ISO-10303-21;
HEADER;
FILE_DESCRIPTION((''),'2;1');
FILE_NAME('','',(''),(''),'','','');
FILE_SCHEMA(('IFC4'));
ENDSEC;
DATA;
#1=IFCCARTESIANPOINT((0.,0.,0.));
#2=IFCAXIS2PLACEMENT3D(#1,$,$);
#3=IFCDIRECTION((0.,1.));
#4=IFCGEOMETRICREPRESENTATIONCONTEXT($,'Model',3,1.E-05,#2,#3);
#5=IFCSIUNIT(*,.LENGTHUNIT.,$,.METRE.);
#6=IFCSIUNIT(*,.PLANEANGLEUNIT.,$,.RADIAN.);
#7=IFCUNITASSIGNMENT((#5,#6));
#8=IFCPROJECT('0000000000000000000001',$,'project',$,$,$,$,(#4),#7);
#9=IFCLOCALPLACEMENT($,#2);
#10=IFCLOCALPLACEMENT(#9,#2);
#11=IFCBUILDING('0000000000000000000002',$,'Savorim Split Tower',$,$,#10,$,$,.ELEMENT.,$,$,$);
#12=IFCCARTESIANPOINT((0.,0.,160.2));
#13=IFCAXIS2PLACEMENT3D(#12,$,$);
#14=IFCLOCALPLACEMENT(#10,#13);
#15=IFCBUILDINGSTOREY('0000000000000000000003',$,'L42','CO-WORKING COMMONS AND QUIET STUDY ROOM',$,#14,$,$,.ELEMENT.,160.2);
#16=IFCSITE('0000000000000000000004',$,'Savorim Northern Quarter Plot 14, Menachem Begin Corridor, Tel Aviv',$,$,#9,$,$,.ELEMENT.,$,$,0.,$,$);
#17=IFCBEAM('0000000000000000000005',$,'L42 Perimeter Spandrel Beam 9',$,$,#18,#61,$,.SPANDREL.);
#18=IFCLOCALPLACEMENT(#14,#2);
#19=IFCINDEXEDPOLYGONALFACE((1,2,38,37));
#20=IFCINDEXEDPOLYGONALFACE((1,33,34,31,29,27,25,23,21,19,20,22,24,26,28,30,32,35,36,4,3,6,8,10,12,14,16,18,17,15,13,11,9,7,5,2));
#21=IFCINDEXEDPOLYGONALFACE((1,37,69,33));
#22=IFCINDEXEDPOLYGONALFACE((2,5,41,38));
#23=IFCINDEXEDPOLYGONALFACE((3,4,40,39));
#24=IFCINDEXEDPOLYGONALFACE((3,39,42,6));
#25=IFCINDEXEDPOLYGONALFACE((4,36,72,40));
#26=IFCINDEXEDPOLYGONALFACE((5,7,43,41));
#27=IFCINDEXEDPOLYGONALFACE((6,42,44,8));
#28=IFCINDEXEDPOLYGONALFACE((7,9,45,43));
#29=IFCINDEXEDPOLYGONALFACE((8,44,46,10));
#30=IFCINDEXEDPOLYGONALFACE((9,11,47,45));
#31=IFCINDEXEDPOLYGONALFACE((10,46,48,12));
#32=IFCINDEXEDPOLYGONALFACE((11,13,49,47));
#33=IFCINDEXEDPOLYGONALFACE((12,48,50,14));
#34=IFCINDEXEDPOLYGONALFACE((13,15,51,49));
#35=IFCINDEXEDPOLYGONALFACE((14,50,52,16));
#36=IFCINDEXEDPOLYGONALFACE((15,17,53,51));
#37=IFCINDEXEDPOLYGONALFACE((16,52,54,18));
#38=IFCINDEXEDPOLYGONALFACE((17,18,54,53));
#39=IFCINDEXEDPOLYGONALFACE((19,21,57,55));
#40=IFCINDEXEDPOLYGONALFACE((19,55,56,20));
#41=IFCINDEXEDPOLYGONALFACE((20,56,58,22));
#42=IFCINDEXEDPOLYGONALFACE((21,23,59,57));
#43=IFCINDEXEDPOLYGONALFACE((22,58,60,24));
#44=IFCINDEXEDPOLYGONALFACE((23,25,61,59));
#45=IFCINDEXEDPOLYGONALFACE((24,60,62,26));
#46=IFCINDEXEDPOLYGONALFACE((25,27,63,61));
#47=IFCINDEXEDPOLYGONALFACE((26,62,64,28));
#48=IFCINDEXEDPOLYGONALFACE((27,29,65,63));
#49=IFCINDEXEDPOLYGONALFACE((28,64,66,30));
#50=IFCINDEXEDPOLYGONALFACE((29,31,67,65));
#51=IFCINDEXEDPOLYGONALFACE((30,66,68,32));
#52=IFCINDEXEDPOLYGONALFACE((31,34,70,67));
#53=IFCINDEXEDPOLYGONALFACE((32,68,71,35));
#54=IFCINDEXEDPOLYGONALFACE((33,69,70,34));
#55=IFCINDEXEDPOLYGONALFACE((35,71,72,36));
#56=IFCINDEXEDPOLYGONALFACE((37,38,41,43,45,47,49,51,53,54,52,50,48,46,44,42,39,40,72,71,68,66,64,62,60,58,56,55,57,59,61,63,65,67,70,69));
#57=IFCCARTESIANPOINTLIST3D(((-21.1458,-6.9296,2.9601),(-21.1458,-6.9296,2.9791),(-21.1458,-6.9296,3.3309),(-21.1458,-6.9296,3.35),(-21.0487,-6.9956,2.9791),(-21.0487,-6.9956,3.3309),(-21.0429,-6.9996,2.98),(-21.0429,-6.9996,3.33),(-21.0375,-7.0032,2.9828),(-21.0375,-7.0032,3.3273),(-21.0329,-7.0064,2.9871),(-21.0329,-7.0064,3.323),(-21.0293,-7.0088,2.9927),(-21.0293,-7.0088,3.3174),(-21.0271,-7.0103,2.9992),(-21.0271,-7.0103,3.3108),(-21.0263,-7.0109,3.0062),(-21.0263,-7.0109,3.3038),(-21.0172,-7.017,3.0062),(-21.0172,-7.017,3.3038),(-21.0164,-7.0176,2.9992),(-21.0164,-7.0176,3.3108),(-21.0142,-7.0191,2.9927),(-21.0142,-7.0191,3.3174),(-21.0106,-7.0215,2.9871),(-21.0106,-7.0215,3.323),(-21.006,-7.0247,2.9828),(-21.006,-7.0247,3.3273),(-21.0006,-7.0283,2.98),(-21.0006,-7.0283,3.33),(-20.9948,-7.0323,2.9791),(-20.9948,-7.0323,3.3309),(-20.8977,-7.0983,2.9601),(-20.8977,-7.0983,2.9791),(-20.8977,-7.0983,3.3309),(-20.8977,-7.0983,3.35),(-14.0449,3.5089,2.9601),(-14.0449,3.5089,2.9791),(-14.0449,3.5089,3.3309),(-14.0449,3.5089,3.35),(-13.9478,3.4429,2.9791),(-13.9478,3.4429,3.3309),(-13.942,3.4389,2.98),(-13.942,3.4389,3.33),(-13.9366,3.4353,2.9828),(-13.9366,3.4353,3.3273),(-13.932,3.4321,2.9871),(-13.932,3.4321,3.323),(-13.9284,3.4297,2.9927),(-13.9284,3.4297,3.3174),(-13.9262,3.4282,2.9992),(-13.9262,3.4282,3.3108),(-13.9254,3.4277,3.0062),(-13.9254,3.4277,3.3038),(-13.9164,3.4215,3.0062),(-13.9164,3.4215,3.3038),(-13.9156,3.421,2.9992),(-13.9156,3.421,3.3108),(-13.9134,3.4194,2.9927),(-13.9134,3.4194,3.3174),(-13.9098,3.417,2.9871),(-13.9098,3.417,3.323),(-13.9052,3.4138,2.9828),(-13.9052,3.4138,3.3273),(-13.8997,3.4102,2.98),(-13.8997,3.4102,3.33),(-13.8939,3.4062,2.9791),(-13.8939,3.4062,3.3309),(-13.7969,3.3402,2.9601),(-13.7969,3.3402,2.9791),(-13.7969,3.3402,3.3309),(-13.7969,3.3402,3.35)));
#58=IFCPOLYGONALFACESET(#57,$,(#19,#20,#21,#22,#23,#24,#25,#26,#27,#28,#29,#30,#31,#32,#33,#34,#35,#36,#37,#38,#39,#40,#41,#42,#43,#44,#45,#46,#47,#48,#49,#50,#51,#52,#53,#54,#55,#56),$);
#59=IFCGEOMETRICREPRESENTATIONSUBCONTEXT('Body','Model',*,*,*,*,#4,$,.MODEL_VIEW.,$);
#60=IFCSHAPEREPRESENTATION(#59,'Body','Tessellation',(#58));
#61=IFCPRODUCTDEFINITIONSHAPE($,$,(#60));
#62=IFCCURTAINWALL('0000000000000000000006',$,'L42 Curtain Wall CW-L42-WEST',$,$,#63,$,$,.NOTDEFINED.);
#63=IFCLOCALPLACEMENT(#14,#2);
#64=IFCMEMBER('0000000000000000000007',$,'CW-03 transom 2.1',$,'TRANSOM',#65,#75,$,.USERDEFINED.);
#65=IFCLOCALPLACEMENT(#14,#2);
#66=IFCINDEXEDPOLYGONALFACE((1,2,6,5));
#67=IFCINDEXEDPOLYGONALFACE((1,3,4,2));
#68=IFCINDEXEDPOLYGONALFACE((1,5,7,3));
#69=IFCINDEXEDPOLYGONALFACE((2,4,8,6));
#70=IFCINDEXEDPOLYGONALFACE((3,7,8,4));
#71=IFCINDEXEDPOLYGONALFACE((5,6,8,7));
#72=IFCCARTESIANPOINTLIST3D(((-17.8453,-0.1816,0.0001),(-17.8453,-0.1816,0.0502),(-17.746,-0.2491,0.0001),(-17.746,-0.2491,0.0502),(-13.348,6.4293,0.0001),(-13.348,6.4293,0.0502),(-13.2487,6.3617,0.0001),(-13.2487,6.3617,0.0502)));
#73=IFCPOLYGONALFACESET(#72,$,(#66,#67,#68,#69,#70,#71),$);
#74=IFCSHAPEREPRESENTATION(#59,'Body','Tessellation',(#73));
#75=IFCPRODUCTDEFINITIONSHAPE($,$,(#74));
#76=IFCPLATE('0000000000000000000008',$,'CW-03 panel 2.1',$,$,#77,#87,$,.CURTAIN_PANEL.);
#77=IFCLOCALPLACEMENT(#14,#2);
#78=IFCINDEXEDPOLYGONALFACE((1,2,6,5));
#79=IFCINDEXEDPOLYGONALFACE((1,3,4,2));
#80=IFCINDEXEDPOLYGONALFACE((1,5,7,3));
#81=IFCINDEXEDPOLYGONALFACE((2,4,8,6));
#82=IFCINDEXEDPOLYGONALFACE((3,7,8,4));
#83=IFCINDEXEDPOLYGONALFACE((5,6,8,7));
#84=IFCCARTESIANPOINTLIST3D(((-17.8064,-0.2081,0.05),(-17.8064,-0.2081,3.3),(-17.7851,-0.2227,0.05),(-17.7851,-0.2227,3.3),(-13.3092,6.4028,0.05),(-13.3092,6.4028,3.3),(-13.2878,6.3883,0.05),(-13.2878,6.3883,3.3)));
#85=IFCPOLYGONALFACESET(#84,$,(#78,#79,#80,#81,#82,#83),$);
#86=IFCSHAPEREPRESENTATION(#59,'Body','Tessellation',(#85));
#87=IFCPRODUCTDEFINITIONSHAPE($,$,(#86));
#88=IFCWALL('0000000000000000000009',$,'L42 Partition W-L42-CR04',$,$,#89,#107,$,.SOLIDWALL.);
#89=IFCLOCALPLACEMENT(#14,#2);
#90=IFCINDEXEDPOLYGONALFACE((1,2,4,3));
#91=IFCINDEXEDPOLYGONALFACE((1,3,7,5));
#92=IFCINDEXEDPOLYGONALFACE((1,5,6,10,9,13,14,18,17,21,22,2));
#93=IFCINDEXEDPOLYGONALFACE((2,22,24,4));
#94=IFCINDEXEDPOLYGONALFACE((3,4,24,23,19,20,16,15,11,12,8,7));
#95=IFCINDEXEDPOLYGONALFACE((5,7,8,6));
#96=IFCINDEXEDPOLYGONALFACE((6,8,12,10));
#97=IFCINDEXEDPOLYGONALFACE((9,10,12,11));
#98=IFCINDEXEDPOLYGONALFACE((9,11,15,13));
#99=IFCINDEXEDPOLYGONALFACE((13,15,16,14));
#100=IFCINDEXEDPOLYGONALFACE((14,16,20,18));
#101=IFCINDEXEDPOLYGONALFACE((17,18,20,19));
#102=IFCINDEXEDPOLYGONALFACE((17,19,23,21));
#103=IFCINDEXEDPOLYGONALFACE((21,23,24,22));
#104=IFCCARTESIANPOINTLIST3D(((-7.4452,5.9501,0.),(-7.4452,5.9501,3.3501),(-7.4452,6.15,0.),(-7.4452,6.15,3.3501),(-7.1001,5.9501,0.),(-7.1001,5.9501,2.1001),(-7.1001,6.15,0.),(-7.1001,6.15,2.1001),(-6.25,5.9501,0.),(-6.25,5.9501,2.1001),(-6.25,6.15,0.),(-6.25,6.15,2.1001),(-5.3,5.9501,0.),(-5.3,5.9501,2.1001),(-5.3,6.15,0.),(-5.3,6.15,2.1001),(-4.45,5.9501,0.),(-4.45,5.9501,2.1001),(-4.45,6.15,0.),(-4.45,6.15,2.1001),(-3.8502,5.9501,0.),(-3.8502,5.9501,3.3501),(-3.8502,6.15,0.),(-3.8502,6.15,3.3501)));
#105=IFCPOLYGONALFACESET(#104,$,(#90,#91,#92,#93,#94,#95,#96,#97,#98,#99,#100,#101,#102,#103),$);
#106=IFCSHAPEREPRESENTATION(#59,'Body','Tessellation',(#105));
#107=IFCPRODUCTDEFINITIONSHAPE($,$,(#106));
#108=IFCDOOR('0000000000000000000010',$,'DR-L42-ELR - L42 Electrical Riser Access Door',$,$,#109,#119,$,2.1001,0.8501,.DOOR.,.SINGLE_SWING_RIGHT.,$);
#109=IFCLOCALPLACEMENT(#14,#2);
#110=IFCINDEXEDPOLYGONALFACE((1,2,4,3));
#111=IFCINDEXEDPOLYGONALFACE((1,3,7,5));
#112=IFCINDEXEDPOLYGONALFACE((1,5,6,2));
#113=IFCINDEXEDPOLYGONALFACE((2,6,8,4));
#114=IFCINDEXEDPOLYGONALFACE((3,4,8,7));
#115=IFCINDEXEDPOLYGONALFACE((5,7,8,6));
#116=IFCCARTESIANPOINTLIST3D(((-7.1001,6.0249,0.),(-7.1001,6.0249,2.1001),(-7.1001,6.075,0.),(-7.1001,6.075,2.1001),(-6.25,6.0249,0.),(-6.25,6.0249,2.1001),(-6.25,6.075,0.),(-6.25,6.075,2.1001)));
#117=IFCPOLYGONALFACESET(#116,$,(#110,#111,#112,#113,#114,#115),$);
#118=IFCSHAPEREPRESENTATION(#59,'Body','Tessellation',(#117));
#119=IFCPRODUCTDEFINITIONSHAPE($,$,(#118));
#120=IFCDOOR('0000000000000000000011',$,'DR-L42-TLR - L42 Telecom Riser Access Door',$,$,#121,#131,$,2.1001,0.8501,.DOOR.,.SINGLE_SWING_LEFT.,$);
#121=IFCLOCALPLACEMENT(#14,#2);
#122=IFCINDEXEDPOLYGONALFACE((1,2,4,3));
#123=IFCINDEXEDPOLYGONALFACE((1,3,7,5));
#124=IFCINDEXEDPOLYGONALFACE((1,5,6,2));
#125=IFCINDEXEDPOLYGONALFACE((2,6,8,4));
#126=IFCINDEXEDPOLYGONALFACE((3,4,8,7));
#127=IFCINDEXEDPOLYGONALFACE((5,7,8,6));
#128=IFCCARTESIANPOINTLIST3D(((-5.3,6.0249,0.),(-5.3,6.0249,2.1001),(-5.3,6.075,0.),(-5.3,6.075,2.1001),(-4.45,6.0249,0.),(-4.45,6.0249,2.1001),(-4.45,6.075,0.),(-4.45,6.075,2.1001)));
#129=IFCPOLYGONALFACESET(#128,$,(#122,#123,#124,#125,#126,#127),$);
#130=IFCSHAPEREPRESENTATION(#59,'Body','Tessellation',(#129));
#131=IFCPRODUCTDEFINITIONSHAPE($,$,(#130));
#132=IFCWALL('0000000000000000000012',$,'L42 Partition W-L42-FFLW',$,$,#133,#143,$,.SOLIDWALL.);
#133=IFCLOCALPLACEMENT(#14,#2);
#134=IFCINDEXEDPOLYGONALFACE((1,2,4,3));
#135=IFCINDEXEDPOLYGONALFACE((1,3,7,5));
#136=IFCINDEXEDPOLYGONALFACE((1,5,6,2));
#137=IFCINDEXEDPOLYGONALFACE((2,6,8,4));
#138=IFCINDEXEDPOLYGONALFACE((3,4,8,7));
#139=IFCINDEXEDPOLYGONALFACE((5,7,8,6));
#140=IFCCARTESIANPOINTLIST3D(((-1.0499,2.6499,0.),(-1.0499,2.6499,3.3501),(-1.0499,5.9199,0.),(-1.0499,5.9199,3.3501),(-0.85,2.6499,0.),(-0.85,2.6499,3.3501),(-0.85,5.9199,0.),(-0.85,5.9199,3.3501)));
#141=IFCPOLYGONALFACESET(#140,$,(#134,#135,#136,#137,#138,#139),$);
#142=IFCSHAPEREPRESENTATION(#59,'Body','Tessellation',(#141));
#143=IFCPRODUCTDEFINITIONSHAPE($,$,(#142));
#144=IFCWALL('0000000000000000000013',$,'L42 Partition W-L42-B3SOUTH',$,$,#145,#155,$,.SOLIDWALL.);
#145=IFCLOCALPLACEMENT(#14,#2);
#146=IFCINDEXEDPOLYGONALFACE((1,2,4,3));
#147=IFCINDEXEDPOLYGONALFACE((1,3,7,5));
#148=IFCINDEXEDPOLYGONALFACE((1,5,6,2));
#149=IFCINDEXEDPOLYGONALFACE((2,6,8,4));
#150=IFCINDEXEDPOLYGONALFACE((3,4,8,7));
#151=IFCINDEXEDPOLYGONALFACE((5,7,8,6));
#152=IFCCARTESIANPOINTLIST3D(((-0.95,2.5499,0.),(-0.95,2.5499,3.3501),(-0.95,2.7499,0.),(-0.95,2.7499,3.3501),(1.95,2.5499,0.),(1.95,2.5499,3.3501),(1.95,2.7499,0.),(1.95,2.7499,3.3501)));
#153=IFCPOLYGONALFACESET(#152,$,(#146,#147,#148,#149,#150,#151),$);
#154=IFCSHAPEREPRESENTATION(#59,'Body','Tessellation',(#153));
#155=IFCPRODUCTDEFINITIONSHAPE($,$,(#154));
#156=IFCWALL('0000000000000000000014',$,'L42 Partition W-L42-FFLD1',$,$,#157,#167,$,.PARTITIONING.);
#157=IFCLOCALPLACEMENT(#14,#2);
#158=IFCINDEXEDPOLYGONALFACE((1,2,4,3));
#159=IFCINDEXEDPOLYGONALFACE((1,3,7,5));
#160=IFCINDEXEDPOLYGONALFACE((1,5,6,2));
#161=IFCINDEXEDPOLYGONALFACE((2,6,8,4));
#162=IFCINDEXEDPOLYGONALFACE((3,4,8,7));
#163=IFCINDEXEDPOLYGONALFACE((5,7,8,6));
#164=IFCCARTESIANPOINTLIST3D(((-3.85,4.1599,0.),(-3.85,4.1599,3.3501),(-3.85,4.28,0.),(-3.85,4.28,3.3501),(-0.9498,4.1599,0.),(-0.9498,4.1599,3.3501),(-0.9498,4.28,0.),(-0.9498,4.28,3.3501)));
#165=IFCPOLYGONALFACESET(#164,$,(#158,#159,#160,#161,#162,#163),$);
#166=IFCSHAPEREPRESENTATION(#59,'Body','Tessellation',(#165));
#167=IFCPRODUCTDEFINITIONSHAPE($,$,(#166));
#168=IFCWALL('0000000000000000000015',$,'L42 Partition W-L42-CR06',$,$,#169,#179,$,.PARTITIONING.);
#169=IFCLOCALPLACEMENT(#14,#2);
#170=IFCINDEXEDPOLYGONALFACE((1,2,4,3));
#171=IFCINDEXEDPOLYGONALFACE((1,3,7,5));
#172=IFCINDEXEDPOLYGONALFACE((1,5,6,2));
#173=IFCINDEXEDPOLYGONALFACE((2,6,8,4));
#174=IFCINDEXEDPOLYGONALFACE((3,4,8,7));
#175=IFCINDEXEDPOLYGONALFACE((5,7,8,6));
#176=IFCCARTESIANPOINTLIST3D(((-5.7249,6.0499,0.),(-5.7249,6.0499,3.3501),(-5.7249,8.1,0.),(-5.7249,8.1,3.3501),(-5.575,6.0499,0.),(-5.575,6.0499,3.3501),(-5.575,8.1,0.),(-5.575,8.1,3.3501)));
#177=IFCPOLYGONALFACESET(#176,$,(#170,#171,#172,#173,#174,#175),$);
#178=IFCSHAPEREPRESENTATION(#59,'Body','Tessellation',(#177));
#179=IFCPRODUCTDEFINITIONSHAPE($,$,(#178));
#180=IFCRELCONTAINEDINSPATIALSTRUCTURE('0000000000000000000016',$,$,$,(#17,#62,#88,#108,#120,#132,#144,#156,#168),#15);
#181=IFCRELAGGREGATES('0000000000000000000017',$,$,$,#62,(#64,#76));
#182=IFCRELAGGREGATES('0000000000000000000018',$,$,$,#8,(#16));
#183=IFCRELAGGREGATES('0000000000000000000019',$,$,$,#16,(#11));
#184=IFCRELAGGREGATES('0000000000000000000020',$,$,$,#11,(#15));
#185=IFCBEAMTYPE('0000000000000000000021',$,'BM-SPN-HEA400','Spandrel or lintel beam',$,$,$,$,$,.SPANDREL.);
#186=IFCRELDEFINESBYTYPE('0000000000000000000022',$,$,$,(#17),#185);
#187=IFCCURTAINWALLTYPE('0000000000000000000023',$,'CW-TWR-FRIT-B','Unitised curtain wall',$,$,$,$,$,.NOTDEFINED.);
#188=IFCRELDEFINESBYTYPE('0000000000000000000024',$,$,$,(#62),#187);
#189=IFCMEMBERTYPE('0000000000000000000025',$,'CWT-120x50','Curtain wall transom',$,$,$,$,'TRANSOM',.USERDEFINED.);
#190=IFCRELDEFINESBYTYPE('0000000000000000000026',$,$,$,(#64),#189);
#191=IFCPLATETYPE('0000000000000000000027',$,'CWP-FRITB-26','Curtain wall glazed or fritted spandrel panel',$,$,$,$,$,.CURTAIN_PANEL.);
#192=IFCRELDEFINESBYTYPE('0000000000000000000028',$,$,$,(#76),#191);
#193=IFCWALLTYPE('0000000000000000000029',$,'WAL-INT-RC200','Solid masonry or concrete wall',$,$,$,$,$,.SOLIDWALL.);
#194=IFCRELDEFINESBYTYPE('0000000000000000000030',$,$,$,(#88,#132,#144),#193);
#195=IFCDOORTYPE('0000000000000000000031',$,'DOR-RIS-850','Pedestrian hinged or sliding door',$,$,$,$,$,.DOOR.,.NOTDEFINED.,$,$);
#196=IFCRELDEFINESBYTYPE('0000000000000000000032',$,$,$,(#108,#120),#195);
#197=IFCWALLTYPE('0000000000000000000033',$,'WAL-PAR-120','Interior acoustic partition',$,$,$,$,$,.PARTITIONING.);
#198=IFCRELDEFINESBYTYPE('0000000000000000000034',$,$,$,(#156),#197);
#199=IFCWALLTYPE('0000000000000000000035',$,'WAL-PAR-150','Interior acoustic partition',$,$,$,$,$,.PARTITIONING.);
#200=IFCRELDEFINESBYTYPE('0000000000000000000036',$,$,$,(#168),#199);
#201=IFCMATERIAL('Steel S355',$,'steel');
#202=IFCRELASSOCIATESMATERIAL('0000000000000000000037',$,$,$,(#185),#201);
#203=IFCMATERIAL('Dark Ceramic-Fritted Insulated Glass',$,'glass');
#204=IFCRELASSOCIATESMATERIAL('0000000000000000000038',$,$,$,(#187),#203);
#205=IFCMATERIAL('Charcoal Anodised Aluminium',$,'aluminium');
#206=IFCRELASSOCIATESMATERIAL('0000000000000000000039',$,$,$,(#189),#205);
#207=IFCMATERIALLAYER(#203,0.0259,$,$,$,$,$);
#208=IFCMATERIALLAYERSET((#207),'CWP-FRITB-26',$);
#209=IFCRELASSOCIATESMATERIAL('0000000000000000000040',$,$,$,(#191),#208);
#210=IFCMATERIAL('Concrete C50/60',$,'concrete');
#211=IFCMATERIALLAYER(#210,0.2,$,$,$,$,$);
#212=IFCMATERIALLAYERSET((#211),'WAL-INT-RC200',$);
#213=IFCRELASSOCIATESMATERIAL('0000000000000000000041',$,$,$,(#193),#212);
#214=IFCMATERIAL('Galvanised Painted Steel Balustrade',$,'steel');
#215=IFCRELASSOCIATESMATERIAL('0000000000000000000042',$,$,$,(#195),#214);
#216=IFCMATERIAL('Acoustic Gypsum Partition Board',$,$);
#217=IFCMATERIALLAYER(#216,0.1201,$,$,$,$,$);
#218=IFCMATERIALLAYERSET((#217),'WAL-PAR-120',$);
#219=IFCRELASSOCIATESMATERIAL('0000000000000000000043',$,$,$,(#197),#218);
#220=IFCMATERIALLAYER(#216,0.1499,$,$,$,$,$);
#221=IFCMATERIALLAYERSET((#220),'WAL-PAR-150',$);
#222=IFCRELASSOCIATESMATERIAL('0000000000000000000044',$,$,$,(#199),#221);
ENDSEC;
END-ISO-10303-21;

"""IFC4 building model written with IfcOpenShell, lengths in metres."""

from ifc_helpers import new_model, si_unit, direction, frame, frame_2d, origin, origin_2d, place, context, subcontext, project, spatial, rectangle, i_section, extrude, material, layer, layer_set, material_profile, profile_set, type_object, element, fill, aggregate, save


model = new_model("IFC4")

# Units and contexts
model_context = context("Model", 3, precision=1e-05, world=origin(), true_north=direction((0.0, 1.0)))
body_context = subcontext(model_context, "Body", "Model", "MODEL_VIEW")
ifc_project = project(units=[si_unit("LENGTHUNIT", "METRE"), si_unit("PLANEANGLEUNIT", "RADIAN")], contexts=[model_context])

# Site, building, storey
site_placement = place(None, origin())
site = spatial("IfcSite", under=ifc_project, at=site_placement, Name="Savorim Northern Quarter Plot 14, Menachem Begin Corridor, Tel Aviv", CompositionType="ELEMENT", RefElevation=0.0)
building_placement = place(site_placement, origin())
building = spatial("IfcBuilding", under=site, at=building_placement, Name="Savorim Split Tower", CompositionType="ELEMENT")
storey_placement = place(building_placement, frame((0.0, 0.0, 160.2)))
storey = spatial("IfcBuildingStorey", under=building, at=storey_placement, Name="L42", Description="CO-WORKING COMMONS AND QUIET STUDY ROOM", CompositionType="ELEMENT", Elevation=160.2)

# Beam
ifc_material_1 = material(Name="Steel S355", Category="steel")
ifc_material_profile_1 = material_profile(ifc_material_1, i_section(OverallWidth=0.3, OverallDepth=0.3899, WebThickness=0.011, FlangeThickness=0.019, FilletRadius=0.0271, at=origin_2d()), Name="HEA 400")
ifc_profile_set_1 = profile_set([ifc_material_profile_1], Name="Steel S355")
beam_type_1 = type_object("IfcBeamType", Name="BM-SPN-HEA400", Description="Spandrel or lintel beam", PredefinedType="SPANDREL", material=ifc_profile_set_1)
beam_1_placement = place(storey_placement, frame((-13.9209, 3.4246, 3.155), z_axis=(-0.562454, -0.826828, 0.0), x_axis=(0.826828, -0.562454, 0.0)))
element("IfcBeam", 1, at=beam_1_placement, inside=storey, type_object=beam_type_1, Name="L42 Perimeter Spandrel Beam 9", PredefinedType="SPANDREL", context=body_context, shape_type="SweptSolid", body=[
    extrude(i_section(OverallWidth=0.3, OverallDepth=0.3899, WebThickness=0.011, FlangeThickness=0.019, FilletRadius=0.0271, at=origin_2d()), origin(), (0.0, 0.0, 1.0), 12.6248),
])

# Curtain wall, member, plate
ifc_material_2 = material(Name="Dark Ceramic-Fritted Insulated Glass", Category="glass")
curtain_wall_type = type_object("IfcCurtainWallType", Name="CW-TWR-FRIT-B", Description="Unitised curtain wall", PredefinedType="NOTDEFINED", material=ifc_material_2)
curtain_wall_placement = place(storey_placement, origin())
curtain_wall = element("IfcCurtainWall", 2, at=curtain_wall_placement, inside=storey, type_object=curtain_wall_type, Name="L42 Curtain Wall CW-L42-WEST", PredefinedType="NOTDEFINED")
ifc_material_3 = material(Name="Charcoal Anodised Aluminium", Category="aluminium")
ifc_material_profile_2 = material_profile(ifc_material_3, rectangle(XDim=0.1201, YDim=0.05, at=origin_2d()), Name="ALU-T 120x50")
ifc_profile_set_2 = profile_set([ifc_material_profile_2], Name="Charcoal Anodised Aluminium")
member_type = type_object("IfcMemberType", Name="CWT-120x50", Description="Curtain wall transom", ElementType="TRANSOM", PredefinedType="USERDEFINED", material=ifc_profile_set_2)
member_placement = place(storey_placement, frame((-13.2983, 6.3955, 0.0251), z_axis=(-0.562476, -0.826813, 0.0), x_axis=(0.826813, -0.562476, 0.0)))
member = element("IfcMember", 3, at=member_placement, type_object=member_type, Name="CW-03 transom 2.1", ObjectType="TRANSOM", PredefinedType="USERDEFINED", context=body_context, shape_type="SweptSolid", body=[
    extrude(rectangle(XDim=0.1201, YDim=0.05, at=origin_2d()), origin(), (0.0, 0.0, 1.0), 7.9956),
])
ifc_layer_1 = layer(ifc_material_2, 0.0259)
ifc_layer_set_1 = layer_set([ifc_layer_1], Name="CWP-FRITB-26")
plate_type = type_object("IfcPlateType", Name="CWP-FRITB-26", Description="Curtain wall glazed or fritted spandrel panel", PredefinedType="CURTAIN_PANEL", material=ifc_layer_set_1)
plate_placement = place(storey_placement, frame((-15.5471, 3.0901, 0.05), z_axis=(0.0, 0.0, 1.0), x_axis=(-0.562466, -0.82682, 0.0)))
plate = element("IfcPlate", 4, at=plate_placement, type_object=plate_type, Name="CW-03 panel 2.1", PredefinedType="CURTAIN_PANEL", context=body_context, shape_type="SweptSolid", body=[
    extrude(rectangle(XDim=7.9956, YDim=0.0259, at=origin_2d()), origin(), (0.0, 0.0, 1.0), 3.25),
])
aggregate(curtain_wall, [member, plate])

# Wall, openings, doors
ifc_material_4 = material(Name="Concrete C50/60", Category="concrete")
ifc_layer_2 = layer(ifc_material_4, 0.2)
ifc_layer_set_2 = layer_set([ifc_layer_2], Name="WAL-INT-RC200")
wall_type_1 = type_object("IfcWallType", Name="WAL-INT-RC200", Description="Solid masonry or concrete wall", PredefinedType="SOLIDWALL", material=ifc_layer_set_2)
wall_1_placement = place(storey_placement, frame((-7.4451, 6.05, 0.0), z_axis=(0.0, 0.0, 1.0), x_axis=(1.0, 0.0, 0.0)))
wall_1 = element("IfcWall", 5, at=wall_1_placement, inside=storey, type_object=wall_type_1, Name="L42 Partition W-L42-CR04", PredefinedType="SOLIDWALL", context=body_context, shape_type="SweptSolid", body=[
    extrude(rectangle(XDim=3.595, YDim=0.2, at=frame_2d((1.7974, 0.0))), origin(), (0.0, 0.0, 1.0), 3.3501),
])
opening_1_placement = place(wall_1_placement, frame((0.345, 0.0, 0.0)))
opening_1 = element("IfcOpeningElement", 6, at=opening_1_placement, cuts=wall_1, PredefinedType="OPENING", context=body_context, shape_type="SweptSolid", body=[
    extrude(rectangle(XDim=0.8501, YDim=2.1001, at=frame_2d((0.425, 1.05))), frame((0.0, 0.1099, 0.0), z_axis=(0.0, -1.0, 0.0), x_axis=(1.0, 0.0, 0.0)), (0.0, 0.0, 1.0), 0.22),
])
opening_2_placement = place(wall_1_placement, frame((2.145, 0.0, 0.0)))
opening_2 = element("IfcOpeningElement", 7, at=opening_2_placement, cuts=wall_1, PredefinedType="OPENING", context=body_context, shape_type="SweptSolid", body=[
    extrude(rectangle(XDim=0.8501, YDim=2.1001, at=frame_2d((0.425, 1.05))), frame((0.0, 0.1099, 0.0), z_axis=(0.0, -1.0, 0.0), x_axis=(1.0, 0.0, 0.0)), (0.0, 0.0, 1.0), 0.22),
])
ifc_material_5 = material(Name="Galvanised Painted Steel Balustrade", Category="steel")
door_type = type_object("IfcDoorType", Name="DOR-RIS-850", Description="Pedestrian hinged or sliding door", OperationType="NOTDEFINED", PredefinedType="DOOR", material=ifc_material_5)
door_1_placement = place(opening_1_placement, origin())
door_1 = element("IfcDoor", 8, at=door_1_placement, inside=storey, type_object=door_type, Name="DR-L42-ELR - L42 Electrical Riser Access Door", OperationType="SINGLE_SWING_RIGHT", OverallHeight=2.1001, OverallWidth=0.8501, PredefinedType="DOOR", context=body_context, shape_type="SweptSolid", body=[
    extrude(rectangle(XDim=0.8501, YDim=2.1001, at=frame_2d((0.425, 1.05))), frame((0.0, 0.0249, 0.0), z_axis=(0.0, -1.0, 0.0), x_axis=(1.0, 0.0, 0.0)), (0.0, 0.0, 1.0), 0.05),
])
fill(opening_1, door_1)
door_2_placement = place(opening_2_placement, origin())
door_2 = element("IfcDoor", 9, at=door_2_placement, inside=storey, type_object=door_type, Name="DR-L42-TLR - L42 Telecom Riser Access Door", OperationType="SINGLE_SWING_LEFT", OverallHeight=2.1001, OverallWidth=0.8501, PredefinedType="DOOR", context=body_context, shape_type="SweptSolid", body=[
    extrude(rectangle(XDim=0.8501, YDim=2.1001, at=frame_2d((0.425, 1.05))), frame((0.0, 0.0249, 0.0), z_axis=(0.0, -1.0, 0.0), x_axis=(1.0, 0.0, 0.0)), (0.0, 0.0, 1.0), 0.05),
])
fill(opening_2, door_2)

# Walls
wall_2_placement = place(storey_placement, frame((-0.95, 2.6499, 0.0), z_axis=(0.0, 0.0, 1.0), x_axis=(0.0, 1.0, 0.0)))
element("IfcWall", 10, at=wall_2_placement, inside=storey, type_object=wall_type_1, Name="L42 Partition W-L42-FFLW", PredefinedType="SOLIDWALL", context=body_context, shape_type="SweptSolid", body=[
    extrude(rectangle(XDim=3.27, YDim=0.2, at=frame_2d((1.635, 0.0))), origin(), (0.0, 0.0, 1.0), 3.3501),
])
wall_3_placement = place(storey_placement, frame((-0.95, 2.6499, 0.0), z_axis=(0.0, 0.0, 1.0), x_axis=(1.0, 0.0, 0.0)))
element("IfcWall", 11, at=wall_3_placement, inside=storey, type_object=wall_type_1, Name="L42 Partition W-L42-B3SOUTH", PredefinedType="SOLIDWALL", context=body_context, shape_type="SweptSolid", body=[
    extrude(rectangle(XDim=2.8999, YDim=0.2, at=frame_2d((1.45, 0.0))), origin(), (0.0, 0.0, 1.0), 3.3501),
])
ifc_material_6 = material(Name="Acoustic Gypsum Partition Board")
ifc_layer_3 = layer(ifc_material_6, 0.1201)
ifc_layer_set_3 = layer_set([ifc_layer_3], Name="WAL-PAR-120")
wall_type_2 = type_object("IfcWallType", Name="WAL-PAR-120", Description="Interior acoustic partition", PredefinedType="PARTITIONING", material=ifc_layer_set_3)
wall_4_placement = place(storey_placement, frame((-3.8501, 4.22, 0.0), z_axis=(0.0, 0.0, 1.0), x_axis=(1.0, 0.0, 0.0)))
element("IfcWall", 12, at=wall_4_placement, inside=storey, type_object=wall_type_2, Name="L42 Partition W-L42-FFLD1", PredefinedType="PARTITIONING", context=body_context, shape_type="SweptSolid", body=[
    extrude(rectangle(XDim=2.9001, YDim=0.1201, at=frame_2d((1.4502, 0.0))), origin(), (0.0, 0.0, 1.0), 3.3501),
])
ifc_layer_4 = layer(ifc_material_6, 0.1499)
ifc_layer_set_4 = layer_set([ifc_layer_4], Name="WAL-PAR-150")
wall_type_3 = type_object("IfcWallType", Name="WAL-PAR-150", Description="Interior acoustic partition", PredefinedType="PARTITIONING", material=ifc_layer_set_4)
wall_5_placement = place(storey_placement, frame((-5.6499, 6.05, 0.0), z_axis=(0.0, 0.0, 1.0), x_axis=(0.0, 1.0, 0.0)))
element("IfcWall", 13, at=wall_5_placement, inside=storey, type_object=wall_type_3, Name="L42 Partition W-L42-CR06", PredefinedType="PARTITIONING", context=body_context, shape_type="SweptSolid", body=[
    extrude(rectangle(XDim=2.05, YDim=0.1499, at=frame_2d((1.0249, 0.0))), origin(), (0.0, 0.0, 1.0), 3.3501),
])

save(model, "model.ifc")
